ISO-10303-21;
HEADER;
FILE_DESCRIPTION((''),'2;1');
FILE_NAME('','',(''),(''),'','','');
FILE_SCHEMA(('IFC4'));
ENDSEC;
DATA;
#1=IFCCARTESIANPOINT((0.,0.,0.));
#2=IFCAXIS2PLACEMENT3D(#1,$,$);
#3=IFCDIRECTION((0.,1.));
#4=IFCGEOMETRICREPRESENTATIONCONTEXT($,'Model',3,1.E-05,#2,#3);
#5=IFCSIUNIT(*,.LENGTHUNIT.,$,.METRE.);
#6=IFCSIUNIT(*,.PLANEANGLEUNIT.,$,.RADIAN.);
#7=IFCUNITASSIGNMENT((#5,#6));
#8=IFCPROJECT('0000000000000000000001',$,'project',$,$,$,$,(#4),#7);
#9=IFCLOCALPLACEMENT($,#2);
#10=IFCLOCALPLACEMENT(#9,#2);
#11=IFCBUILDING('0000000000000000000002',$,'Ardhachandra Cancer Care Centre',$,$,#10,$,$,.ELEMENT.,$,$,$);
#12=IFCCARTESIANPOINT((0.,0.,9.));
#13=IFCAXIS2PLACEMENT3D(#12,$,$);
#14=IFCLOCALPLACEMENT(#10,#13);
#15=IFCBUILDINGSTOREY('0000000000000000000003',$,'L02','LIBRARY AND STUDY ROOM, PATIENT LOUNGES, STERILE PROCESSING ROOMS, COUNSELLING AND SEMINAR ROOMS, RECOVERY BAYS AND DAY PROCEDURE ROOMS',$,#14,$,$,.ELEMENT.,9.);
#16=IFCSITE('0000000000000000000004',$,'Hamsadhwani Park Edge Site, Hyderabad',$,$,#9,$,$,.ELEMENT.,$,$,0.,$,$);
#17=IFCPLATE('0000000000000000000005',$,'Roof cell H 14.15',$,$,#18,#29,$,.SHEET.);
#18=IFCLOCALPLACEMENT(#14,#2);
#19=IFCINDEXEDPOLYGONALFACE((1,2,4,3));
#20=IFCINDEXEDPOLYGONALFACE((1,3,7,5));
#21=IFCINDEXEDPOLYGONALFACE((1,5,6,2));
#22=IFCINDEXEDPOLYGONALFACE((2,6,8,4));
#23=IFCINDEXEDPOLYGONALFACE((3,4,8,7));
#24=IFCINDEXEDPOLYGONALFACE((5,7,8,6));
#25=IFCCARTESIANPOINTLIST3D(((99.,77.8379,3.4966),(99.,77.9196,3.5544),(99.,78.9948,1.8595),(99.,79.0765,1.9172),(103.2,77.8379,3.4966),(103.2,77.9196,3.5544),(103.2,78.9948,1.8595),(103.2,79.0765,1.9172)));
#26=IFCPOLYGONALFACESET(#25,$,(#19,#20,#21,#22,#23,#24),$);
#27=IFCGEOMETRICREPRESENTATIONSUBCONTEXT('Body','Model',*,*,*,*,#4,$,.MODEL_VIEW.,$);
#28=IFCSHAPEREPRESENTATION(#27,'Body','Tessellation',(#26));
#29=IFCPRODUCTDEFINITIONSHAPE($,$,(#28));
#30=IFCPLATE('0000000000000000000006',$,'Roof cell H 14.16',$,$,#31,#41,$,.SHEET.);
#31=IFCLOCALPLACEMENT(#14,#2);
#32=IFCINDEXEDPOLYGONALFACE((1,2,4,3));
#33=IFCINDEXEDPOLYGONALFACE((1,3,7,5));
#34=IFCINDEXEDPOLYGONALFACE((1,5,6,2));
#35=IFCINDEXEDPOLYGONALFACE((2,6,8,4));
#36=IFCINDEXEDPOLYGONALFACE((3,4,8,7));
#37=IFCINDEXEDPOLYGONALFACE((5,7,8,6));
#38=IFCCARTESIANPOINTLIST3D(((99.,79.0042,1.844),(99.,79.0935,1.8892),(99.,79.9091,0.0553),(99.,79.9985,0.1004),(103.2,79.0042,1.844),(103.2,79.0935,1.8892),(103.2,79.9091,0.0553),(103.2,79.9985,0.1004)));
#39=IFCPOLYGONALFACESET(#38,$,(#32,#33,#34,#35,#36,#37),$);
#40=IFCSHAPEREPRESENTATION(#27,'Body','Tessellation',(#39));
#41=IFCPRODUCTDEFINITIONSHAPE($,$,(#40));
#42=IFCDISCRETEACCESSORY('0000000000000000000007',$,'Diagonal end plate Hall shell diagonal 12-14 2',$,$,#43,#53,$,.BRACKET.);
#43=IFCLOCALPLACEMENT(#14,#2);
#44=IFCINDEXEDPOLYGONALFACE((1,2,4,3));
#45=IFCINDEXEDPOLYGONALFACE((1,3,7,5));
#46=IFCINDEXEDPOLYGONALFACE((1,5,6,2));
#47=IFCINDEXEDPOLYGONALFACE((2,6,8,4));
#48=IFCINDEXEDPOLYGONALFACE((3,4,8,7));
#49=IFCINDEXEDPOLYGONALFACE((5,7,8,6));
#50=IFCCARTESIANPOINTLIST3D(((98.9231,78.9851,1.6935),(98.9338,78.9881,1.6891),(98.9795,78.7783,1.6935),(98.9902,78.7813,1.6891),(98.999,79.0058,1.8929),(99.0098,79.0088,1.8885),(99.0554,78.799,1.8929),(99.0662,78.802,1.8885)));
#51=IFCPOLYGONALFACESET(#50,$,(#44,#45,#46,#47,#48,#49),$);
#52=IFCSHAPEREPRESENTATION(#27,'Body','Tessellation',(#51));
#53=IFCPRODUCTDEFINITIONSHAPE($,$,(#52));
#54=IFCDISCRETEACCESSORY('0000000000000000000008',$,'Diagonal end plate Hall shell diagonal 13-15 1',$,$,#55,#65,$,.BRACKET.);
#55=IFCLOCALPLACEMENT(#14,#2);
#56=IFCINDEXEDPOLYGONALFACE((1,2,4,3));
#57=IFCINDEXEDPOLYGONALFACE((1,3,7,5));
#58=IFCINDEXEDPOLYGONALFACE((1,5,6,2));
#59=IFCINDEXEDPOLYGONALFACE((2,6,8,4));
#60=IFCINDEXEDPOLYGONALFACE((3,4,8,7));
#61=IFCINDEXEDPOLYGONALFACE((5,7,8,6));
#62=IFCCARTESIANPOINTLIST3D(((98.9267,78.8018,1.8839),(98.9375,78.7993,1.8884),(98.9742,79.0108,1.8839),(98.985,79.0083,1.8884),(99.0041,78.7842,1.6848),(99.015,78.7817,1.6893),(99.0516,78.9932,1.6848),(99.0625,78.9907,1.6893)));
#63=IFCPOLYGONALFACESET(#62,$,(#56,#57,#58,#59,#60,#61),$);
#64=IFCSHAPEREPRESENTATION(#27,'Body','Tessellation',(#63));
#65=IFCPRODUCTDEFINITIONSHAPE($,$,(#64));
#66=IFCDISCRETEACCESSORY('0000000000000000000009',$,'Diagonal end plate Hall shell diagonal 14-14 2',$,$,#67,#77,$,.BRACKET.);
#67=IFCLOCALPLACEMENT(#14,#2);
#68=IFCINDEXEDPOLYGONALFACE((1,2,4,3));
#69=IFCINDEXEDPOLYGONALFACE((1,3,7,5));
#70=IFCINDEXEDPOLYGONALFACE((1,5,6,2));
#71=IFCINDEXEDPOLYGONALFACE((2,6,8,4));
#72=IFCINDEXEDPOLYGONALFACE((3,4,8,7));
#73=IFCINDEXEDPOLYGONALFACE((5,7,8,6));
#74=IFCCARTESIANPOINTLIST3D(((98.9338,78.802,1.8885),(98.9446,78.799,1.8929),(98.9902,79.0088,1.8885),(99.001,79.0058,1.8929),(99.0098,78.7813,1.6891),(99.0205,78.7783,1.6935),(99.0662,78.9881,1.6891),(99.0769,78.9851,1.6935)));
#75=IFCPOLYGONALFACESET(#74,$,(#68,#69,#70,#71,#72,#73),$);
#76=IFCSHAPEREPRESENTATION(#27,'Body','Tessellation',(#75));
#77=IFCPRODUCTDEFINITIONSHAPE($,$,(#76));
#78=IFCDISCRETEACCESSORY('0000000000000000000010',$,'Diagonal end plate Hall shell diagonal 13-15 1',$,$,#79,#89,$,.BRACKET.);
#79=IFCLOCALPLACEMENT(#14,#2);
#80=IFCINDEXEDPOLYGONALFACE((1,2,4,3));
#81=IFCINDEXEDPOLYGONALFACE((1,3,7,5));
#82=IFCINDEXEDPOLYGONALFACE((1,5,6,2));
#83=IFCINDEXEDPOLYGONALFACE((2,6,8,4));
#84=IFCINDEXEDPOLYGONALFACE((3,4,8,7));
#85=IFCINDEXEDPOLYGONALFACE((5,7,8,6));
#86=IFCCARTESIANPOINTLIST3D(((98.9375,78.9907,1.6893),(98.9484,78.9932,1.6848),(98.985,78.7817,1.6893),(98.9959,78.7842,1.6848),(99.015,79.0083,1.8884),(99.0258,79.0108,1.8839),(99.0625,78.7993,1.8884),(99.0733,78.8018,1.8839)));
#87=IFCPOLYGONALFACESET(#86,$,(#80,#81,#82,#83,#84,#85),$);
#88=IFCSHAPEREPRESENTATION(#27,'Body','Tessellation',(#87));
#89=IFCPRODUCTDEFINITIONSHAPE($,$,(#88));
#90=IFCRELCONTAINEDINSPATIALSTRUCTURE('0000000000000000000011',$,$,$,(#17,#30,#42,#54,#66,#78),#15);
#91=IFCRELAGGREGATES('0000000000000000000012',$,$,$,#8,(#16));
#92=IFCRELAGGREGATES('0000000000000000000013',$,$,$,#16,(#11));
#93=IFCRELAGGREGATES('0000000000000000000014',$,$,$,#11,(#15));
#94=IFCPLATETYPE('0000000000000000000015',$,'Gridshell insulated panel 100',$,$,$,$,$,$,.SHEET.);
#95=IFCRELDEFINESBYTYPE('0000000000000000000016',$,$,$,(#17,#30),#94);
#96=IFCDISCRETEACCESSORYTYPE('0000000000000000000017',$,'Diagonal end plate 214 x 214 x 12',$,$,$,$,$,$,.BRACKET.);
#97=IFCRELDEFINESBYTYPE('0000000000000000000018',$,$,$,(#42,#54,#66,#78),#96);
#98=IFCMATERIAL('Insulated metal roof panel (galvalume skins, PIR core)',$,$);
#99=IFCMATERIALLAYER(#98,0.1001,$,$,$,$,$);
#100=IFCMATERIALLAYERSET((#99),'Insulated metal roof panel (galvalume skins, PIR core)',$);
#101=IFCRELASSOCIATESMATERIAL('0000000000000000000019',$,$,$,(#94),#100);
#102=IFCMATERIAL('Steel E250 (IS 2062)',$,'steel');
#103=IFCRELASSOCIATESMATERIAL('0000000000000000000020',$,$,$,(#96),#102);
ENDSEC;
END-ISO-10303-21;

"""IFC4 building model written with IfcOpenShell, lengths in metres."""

from ifc_helpers import new_model, si_unit, direction, frame, origin, origin_2d, place, context, subcontext, project, spatial, polyline, rectangle, outline, extrude, material, layer, layer_set, material_profile, profile_set, type_object, element, save


model = new_model("IFC4")

# Units and contexts
model_context = context("Model", 3, precision=1e-05, world=origin(), true_north=direction((0.0, 1.0)))
body_context = subcontext(model_context, "Body", "Model", "MODEL_VIEW")
ifc_project = project(units=[si_unit("LENGTHUNIT", "METRE"), si_unit("PLANEANGLEUNIT", "RADIAN")], contexts=[model_context])

# Site, building, storey
site_placement = place(None, origin())
site = spatial("IfcSite", under=ifc_project, at=site_placement, Name="Hamsadhwani Park Edge Site, Hyderabad", CompositionType="ELEMENT", RefElevation=0.0)
building_placement = place(site_placement, origin())
building = spatial("IfcBuilding", under=site, at=building_placement, Name="Ardhachandra Cancer Care Centre", CompositionType="ELEMENT")
storey_placement = place(building_placement, frame((0.0, 0.0, 9.0)))
storey = spatial("IfcBuildingStorey", under=building, at=storey_placement, Name="L02", Description="LIBRARY AND STUDY ROOM, PATIENT LOUNGES, STERILE PROCESSING ROOMS, COUNSELLING AND SEMINAR ROOMS, RECOVERY BAYS AND DAY PROCEDURE ROOMS", CompositionType="ELEMENT", Elevation=9.0)

# Plates
ifc_material_1 = material(Name="Insulated metal roof panel (galvalume skins, PIR core)")
ifc_layer_1 = layer(ifc_material_1, 0.1001)
ifc_layer_set_1 = layer_set([ifc_layer_1], Name="Insulated metal roof panel (galvalume skins, PIR core)")
plate_type_1 = type_object("IfcPlateType", Name="Gridshell insulated panel 100", PredefinedType="SHEET", material=ifc_layer_set_1)
for number, where, z_axis, x_axis, name in (
    (1, (99.0, 77.8379, 3.4966), (0.0, 0.816661, 0.577118), (1.0, 0.0, 0.0), "Roof cell H 14.15"),
    (2, (99.0, 79.0042, 1.844), (0.0, 0.892298, 0.451447), (1.0, 0.0, 0.0), "Roof cell H 14.16"),
):
    element("IfcPlate", number, at=place(storey_placement, frame(where, z_axis=z_axis, x_axis=x_axis)), inside=storey, type_object=plate_type_1, Name=name, PredefinedType="SHEET", context=body_context, shape_type="SweptSolid", body=[
        extrude(outline(polyline([(0.0, 0.0), (4.2, 0.0), (4.2, 2.0046), (0.0, 2.0046), (0.0, 0.0)])), origin(), (0.0, 0.0, 1.0), 0.1001),
    ])

# Discrete accessories
ifc_material_2 = material(Name="Steel E250 (IS 2062)", Category="steel")
ifc_material_profile_1 = material_profile(ifc_material_2, rectangle(XDim=0.2144, YDim=0.2144, at=origin_2d()), Name="PL 214x214x12")
ifc_profile_set_1 = profile_set([ifc_material_profile_1], Name="Steel E250 (IS 2062)")
discrete_accessory_type = type_object("IfcDiscreteAccessoryType", Name="Diagonal end plate 214 x 214 x 12", PredefinedType="BRACKET", material=ifc_profile_set_1)
for number, where, z_axis, x_axis, name in (
    (3, (99.0, 78.895, 1.7888), (-0.897399, -0.244745, 0.367118), (0.263117, -0.964764, 0.0), "Diagonal end plate Hall shell diagonal 12-14 2"),
    (4, (99.0, 78.895, 1.7888), (-0.905726, 0.205847, -0.370524), (-0.221621, -0.975133, 0.0), "Diagonal end plate Hall shell diagonal 13-15 1"),
    (5, (99.0, 78.895, 1.7888), (0.897399, -0.244745, 0.367118), (0.263117, 0.964764, 0.0), "Diagonal end plate Hall shell diagonal 14-14 2"),
    (6, (99.0, 78.895, 1.7888), (0.905726, 0.205847, -0.370524), (-0.221621, 0.975133, 0.0), "Diagonal end plate Hall shell diagonal 13-15 1"),
):
    element("IfcDiscreteAccessory", number, at=place(storey_placement, frame(where, z_axis=z_axis, x_axis=x_axis)), inside=storey, type_object=discrete_accessory_type, Name=name, PredefinedType="BRACKET", context=body_context, shape_type="SweptSolid", body=[
        extrude(rectangle(XDim=0.2144, YDim=0.2144, at=origin_2d()), origin(), (0.0, 0.0, 1.0), 0.012),
    ])

save(model, "model.ifc")
